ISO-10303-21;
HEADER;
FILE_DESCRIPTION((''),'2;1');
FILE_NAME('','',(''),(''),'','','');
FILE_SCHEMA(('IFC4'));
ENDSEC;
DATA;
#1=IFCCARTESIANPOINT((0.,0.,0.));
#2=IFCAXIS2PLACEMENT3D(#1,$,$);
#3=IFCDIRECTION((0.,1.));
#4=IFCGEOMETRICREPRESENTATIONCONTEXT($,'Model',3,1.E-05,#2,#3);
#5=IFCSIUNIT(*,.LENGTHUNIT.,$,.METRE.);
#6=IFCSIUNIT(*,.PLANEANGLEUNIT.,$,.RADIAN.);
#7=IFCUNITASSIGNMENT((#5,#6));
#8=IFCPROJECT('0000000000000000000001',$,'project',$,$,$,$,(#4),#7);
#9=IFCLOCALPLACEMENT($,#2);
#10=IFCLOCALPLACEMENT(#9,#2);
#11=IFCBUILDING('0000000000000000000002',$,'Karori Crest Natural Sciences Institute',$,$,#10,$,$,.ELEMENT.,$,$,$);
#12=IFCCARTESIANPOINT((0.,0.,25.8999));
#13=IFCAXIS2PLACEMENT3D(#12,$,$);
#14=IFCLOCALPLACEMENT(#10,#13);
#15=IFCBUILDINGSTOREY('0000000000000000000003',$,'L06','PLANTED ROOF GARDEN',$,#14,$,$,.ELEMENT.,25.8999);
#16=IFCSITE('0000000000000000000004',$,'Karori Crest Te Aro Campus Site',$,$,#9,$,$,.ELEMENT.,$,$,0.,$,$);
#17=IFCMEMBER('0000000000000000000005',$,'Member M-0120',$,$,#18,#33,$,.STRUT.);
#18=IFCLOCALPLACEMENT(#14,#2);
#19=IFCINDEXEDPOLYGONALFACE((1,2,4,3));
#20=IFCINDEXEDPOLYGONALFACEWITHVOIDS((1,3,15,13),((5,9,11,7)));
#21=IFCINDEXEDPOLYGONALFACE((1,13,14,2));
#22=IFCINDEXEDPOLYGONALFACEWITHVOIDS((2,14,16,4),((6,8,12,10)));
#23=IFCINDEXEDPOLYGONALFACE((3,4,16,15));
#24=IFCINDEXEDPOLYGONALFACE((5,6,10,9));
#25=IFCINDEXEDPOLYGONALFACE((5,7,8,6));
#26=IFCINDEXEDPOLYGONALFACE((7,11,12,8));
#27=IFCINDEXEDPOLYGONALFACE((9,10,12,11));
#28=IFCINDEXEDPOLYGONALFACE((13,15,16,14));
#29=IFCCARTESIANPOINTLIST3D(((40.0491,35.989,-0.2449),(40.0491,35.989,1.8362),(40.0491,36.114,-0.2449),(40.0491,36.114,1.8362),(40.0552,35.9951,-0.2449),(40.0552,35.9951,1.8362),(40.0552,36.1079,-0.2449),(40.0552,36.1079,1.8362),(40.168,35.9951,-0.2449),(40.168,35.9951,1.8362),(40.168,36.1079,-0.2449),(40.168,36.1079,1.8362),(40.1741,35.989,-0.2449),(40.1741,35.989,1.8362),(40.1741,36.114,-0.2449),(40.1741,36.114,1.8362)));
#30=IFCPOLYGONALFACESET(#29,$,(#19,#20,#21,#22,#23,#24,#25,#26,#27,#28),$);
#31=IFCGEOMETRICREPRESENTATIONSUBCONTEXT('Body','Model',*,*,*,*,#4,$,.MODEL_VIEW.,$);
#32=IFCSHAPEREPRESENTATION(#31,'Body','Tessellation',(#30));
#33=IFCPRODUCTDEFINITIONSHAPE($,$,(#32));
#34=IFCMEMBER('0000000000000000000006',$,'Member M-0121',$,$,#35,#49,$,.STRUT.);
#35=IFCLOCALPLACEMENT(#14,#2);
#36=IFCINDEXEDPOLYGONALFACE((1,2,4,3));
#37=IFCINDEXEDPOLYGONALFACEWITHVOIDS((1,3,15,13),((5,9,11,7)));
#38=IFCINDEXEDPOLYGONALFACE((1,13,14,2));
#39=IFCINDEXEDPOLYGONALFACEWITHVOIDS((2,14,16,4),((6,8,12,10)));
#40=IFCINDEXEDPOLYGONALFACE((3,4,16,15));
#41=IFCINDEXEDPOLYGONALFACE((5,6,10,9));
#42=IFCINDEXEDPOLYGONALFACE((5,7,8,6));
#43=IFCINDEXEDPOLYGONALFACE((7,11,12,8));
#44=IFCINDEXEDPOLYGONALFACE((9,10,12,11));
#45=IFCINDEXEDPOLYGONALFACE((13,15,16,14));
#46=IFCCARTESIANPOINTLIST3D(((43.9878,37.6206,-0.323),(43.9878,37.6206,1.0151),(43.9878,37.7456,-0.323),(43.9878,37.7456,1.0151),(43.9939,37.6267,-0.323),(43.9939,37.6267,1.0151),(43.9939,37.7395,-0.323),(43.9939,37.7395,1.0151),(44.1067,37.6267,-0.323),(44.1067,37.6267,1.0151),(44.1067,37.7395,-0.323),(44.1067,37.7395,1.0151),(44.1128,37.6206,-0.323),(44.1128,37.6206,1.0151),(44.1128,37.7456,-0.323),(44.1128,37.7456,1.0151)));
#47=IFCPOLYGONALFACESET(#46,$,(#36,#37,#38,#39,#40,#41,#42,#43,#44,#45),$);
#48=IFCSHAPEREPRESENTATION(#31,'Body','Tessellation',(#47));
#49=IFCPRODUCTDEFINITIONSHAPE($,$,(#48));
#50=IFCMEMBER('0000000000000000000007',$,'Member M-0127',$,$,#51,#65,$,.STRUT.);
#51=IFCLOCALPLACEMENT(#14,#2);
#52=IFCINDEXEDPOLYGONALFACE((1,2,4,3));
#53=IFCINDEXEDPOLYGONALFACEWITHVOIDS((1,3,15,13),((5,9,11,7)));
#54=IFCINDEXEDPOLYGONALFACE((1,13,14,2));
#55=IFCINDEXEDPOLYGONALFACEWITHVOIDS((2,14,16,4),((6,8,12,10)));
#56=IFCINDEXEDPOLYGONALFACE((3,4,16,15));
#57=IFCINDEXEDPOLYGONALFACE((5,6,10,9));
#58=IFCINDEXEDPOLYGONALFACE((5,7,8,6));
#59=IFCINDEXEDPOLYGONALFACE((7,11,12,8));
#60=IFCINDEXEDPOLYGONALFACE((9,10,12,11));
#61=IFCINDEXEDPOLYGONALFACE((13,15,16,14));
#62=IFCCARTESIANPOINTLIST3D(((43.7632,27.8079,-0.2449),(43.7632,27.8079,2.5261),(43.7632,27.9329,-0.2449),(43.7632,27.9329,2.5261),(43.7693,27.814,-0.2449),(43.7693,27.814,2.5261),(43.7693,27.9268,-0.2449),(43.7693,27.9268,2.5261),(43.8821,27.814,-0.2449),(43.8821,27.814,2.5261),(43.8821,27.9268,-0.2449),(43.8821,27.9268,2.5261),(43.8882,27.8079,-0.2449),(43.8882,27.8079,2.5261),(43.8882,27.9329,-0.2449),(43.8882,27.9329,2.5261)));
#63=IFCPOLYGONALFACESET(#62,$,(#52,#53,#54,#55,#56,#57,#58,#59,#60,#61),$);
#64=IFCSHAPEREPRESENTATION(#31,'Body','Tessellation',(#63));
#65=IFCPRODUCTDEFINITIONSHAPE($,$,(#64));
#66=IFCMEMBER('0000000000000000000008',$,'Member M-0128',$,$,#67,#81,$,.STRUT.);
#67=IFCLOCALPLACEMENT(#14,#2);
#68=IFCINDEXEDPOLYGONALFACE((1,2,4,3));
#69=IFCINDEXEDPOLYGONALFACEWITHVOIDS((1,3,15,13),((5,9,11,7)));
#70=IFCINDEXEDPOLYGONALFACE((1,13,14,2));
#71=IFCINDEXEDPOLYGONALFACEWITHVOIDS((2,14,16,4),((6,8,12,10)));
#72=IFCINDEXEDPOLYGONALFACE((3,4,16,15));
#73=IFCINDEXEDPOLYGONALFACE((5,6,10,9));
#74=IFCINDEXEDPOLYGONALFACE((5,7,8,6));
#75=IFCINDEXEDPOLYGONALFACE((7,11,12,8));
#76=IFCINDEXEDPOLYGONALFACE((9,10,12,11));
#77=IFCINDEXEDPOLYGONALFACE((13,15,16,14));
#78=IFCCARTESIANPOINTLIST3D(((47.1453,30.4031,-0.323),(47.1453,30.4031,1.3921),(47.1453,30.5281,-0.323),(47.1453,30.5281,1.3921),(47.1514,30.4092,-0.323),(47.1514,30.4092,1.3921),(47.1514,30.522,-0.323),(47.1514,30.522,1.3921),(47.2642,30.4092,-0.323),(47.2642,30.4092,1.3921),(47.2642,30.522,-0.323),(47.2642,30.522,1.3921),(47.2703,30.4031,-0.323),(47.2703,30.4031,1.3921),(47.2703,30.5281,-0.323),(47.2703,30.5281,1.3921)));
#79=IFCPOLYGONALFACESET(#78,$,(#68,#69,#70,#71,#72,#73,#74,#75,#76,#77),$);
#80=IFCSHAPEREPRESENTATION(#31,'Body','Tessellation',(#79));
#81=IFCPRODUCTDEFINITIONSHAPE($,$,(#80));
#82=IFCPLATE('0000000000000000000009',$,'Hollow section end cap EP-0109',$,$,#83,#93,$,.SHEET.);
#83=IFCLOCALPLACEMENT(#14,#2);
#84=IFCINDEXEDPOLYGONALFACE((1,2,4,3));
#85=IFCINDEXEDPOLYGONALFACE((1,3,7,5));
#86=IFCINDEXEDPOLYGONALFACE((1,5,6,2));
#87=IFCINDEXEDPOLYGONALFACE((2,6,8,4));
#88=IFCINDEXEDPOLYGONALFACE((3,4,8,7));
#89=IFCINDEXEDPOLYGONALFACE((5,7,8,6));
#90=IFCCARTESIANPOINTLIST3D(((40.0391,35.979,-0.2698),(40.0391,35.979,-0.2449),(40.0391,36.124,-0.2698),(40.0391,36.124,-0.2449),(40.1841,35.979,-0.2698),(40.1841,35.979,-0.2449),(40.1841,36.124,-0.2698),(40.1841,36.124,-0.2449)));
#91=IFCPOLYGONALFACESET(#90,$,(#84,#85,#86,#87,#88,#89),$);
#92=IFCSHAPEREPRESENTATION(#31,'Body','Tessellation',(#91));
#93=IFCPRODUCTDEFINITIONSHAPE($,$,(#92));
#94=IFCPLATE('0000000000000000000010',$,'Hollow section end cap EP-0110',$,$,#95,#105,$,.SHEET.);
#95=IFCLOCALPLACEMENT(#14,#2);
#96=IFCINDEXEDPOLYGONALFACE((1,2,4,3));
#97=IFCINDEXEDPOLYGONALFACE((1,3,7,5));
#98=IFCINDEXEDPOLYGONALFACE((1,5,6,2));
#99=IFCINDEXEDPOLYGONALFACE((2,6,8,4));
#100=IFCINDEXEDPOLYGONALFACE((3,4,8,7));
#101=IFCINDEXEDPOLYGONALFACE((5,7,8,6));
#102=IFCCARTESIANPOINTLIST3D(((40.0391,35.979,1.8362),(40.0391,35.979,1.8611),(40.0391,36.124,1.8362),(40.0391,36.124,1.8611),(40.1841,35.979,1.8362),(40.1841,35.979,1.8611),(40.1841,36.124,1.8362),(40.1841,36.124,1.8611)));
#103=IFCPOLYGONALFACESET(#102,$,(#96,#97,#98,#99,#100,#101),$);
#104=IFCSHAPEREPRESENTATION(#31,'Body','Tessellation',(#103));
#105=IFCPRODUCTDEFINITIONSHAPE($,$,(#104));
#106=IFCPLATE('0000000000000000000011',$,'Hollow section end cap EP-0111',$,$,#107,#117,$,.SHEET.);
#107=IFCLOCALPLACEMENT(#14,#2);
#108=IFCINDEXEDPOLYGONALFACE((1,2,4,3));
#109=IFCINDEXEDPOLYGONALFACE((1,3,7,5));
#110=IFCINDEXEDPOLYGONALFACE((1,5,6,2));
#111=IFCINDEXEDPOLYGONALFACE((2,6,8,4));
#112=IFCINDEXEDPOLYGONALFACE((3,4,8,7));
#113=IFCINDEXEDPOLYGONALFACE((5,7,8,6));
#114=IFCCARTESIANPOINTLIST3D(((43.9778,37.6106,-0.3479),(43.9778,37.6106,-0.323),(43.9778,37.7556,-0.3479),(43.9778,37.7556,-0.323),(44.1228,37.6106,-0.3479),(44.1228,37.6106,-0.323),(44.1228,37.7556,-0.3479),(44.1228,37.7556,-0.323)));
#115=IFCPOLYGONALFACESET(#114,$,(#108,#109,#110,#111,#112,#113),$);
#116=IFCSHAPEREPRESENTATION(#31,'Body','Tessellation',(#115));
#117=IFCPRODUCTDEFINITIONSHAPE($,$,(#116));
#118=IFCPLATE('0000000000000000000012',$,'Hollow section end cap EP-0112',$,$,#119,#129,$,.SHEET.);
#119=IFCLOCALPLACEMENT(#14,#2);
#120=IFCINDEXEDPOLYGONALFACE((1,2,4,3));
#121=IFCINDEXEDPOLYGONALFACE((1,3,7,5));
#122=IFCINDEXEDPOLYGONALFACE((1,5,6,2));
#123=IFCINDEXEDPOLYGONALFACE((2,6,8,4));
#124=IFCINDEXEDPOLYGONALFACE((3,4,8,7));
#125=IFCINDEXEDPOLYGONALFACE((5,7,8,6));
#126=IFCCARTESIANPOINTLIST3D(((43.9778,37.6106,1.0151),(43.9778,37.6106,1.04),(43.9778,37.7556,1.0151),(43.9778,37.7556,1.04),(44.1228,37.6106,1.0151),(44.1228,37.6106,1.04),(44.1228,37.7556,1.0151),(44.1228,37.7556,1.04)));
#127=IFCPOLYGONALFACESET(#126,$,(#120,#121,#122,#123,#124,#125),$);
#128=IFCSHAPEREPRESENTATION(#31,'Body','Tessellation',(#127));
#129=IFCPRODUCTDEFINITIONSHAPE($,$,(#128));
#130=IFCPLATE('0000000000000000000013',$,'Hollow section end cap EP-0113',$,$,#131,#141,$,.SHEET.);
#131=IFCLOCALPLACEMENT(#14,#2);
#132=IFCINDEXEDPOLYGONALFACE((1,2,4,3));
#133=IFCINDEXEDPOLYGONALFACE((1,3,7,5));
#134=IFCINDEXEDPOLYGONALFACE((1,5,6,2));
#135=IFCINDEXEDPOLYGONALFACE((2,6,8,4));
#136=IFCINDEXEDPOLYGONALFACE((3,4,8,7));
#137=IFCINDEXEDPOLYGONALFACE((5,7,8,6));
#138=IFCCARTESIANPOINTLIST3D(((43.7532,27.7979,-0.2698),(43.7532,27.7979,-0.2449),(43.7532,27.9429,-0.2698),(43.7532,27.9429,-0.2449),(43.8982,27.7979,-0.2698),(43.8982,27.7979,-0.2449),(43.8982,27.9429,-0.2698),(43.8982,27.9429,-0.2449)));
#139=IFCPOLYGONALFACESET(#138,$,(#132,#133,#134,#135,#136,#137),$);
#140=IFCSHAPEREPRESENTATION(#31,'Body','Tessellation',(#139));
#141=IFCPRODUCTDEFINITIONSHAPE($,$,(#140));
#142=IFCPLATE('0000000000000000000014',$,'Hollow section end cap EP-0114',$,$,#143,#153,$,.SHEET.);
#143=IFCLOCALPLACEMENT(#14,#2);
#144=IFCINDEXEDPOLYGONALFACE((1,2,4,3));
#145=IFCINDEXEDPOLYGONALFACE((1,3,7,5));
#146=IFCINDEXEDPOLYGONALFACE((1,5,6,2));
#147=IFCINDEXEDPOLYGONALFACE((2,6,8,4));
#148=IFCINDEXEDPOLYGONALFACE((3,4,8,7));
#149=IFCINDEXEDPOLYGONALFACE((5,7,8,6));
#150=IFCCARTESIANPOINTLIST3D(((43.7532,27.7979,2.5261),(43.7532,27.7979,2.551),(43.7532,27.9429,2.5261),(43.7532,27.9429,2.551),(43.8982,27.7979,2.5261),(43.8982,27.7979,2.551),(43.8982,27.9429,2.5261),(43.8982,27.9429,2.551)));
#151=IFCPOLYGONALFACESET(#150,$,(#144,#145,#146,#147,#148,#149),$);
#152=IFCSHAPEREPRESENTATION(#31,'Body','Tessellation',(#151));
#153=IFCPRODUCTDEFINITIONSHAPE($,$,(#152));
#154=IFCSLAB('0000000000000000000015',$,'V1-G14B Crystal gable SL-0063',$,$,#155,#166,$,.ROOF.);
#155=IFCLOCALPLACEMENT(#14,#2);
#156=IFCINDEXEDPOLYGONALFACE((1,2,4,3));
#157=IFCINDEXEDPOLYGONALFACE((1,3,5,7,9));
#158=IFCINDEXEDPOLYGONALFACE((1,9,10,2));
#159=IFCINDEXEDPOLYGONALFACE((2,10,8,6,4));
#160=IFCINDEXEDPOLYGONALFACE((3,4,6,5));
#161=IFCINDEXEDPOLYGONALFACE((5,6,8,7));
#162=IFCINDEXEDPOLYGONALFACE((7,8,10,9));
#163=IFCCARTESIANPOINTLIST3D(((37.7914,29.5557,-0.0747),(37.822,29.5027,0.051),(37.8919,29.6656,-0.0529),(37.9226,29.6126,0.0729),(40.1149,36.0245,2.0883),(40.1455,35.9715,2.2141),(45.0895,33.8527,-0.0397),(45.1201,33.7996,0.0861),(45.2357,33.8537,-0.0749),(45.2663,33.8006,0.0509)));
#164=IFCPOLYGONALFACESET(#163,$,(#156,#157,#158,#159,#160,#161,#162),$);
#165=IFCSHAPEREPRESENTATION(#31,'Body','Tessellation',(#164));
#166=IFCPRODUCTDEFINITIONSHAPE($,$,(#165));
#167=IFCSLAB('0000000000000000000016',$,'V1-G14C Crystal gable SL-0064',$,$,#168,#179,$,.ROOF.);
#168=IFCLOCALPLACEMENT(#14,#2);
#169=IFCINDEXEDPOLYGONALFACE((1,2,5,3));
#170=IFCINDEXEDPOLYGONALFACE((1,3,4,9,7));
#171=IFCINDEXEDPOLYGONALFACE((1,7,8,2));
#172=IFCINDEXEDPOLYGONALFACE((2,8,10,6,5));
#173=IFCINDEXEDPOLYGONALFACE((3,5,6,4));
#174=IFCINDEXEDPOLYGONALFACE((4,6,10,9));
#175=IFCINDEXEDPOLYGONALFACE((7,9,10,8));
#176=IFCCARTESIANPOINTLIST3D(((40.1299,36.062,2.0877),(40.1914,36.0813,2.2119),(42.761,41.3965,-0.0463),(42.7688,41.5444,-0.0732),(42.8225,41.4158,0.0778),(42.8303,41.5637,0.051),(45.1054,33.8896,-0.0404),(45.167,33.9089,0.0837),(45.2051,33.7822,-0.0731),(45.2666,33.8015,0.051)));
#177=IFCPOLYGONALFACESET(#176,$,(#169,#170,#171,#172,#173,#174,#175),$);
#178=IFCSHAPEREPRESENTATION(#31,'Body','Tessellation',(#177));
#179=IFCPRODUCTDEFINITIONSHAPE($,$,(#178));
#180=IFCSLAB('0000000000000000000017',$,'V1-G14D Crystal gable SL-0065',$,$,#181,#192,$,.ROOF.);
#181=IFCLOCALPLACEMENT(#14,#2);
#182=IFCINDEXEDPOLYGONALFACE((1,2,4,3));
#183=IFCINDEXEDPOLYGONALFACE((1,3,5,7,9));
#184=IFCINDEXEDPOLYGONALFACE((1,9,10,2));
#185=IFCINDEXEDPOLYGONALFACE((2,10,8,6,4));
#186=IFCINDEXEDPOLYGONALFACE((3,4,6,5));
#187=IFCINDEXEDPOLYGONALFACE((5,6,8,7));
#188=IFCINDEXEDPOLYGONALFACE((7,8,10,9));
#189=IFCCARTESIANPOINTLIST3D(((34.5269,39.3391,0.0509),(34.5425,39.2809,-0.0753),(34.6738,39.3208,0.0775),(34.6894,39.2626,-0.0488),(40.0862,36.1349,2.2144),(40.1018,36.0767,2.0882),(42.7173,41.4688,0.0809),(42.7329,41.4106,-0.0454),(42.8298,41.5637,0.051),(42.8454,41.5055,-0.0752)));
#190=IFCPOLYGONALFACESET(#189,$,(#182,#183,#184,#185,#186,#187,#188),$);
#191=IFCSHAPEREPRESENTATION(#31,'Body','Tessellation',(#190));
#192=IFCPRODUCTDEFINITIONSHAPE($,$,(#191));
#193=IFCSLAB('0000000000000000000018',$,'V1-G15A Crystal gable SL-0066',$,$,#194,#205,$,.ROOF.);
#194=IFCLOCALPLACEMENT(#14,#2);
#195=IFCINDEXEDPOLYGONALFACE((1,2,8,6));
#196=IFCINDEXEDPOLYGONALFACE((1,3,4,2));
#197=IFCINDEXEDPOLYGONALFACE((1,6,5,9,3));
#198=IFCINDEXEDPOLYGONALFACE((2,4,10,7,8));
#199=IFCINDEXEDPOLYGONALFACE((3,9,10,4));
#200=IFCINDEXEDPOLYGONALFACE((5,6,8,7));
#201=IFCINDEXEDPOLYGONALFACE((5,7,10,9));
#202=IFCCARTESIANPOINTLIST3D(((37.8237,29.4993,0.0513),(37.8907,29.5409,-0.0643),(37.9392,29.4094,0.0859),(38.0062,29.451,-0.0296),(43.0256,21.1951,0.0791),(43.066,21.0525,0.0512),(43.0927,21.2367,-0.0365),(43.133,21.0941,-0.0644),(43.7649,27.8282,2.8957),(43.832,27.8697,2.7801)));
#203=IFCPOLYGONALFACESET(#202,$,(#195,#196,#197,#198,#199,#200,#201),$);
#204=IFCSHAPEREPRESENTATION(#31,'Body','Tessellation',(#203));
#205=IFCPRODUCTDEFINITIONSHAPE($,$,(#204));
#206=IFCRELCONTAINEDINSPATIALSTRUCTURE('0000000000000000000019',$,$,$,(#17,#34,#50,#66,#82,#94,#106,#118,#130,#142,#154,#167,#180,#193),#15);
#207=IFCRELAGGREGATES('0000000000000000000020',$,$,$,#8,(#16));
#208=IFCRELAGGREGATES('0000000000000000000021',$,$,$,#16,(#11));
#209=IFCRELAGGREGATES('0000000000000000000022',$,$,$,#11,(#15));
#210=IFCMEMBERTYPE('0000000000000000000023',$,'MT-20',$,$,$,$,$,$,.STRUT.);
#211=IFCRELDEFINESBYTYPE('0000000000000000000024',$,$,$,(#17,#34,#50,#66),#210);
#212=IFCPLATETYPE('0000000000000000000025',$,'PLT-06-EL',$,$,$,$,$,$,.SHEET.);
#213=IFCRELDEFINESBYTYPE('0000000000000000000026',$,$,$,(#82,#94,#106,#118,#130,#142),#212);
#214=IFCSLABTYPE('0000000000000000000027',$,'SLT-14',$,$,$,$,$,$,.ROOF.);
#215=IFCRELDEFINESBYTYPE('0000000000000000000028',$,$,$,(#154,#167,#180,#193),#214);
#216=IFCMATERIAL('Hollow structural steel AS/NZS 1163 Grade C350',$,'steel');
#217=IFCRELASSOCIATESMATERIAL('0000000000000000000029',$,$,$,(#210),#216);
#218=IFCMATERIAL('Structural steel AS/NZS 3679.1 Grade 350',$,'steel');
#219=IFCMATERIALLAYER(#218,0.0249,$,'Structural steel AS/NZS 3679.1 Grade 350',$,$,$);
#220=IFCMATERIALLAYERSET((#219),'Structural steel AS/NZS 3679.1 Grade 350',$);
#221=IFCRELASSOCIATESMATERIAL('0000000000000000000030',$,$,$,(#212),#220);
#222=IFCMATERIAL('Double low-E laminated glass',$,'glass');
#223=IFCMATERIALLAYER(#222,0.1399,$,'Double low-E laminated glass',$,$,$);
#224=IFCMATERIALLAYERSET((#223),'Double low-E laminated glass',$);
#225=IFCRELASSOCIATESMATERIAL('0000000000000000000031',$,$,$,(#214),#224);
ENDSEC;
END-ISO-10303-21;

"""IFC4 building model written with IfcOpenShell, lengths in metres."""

from ifc_helpers import new_model, si_unit, direction, frame, origin, origin_2d, place, context, subcontext, project, spatial, polyline, rectangle, hollow_rectangle, outline, extrude, material, layer, layer_set, material_profile, profile_set, type_object, element, save


model = new_model("IFC4")

# Units and contexts
model_context = context("Model", 3, precision=1e-05, world=origin(), true_north=direction((0.0, 1.0)))
body_context = subcontext(model_context, "Body", "Model", "MODEL_VIEW")
ifc_project = project(units=[si_unit("LENGTHUNIT", "METRE"), si_unit("PLANEANGLEUNIT", "RADIAN")], contexts=[model_context])

# Site, building, storey
site_placement = place(None, origin())
site = spatial("IfcSite", under=ifc_project, at=site_placement, Name="Karori Crest Te Aro Campus Site", CompositionType="ELEMENT", RefElevation=0.0)
building_placement = place(site_placement, origin())
building = spatial("IfcBuilding", under=site, at=building_placement, Name="Karori Crest Natural Sciences Institute", CompositionType="ELEMENT")
storey_placement = place(building_placement, frame((0.0, 0.0, 25.8999)))
storey = spatial("IfcBuildingStorey", under=building, at=storey_placement, Name="L06", Description="PLANTED ROOF GARDEN", CompositionType="ELEMENT", Elevation=25.8999)

# Members
ifc_material_1 = material(Name="Structural steel AS/NZS 3679.1 Grade 350", Category="steel")
ifc_material_2 = material(Name="Hollow structural steel AS/NZS 1163 Grade C350", Category="steel")
ifc_material_profile_1 = material_profile(ifc_material_2, hollow_rectangle(XDim=0.125, YDim=0.125, WallThickness=0.0061, at=origin_2d()), Name="SHS125x125x6")
ifc_profile_set_1 = profile_set([ifc_material_profile_1], Name="Hollow structural steel AS/NZS 1163 Grade C350")
member_type_1 = type_object("IfcMemberType", Name="MT-20", PredefinedType="STRUT", material=ifc_profile_set_1)
member_1_placement = place(storey_placement, frame((40.1116, 36.0515, -0.2449), z_axis=(0.0, 0.0, 1.0), x_axis=(1.0, 0.0, 0.0)))
element("IfcMember", 1, at=member_1_placement, inside=storey, type_object=member_type_1, Name="Member M-0120", PredefinedType="STRUT", context=body_context, shape_type="SweptSolid", body=[
    extrude(hollow_rectangle(XDim=0.125, YDim=0.125, WallThickness=0.0061, at=origin_2d()), origin(), (0.0, 0.0, 1.0), 2.0811),
])
member_2_placement = place(storey_placement, frame((44.0503, 37.6831, -0.323), z_axis=(0.0, 0.0, 1.0), x_axis=(1.0, 0.0, 0.0)))
element("IfcMember", 2, at=member_2_placement, inside=storey, type_object=member_type_1, Name="Member M-0121", PredefinedType="STRUT", context=body_context, shape_type="SweptSolid", body=[
    extrude(hollow_rectangle(XDim=0.125, YDim=0.125, WallThickness=0.0061, at=origin_2d()), origin(), (0.0, 0.0, 1.0), 1.3381),
])
member_3_placement = place(storey_placement, frame((43.8257, 27.8704, -0.2449), z_axis=(0.0, 0.0, 1.0), x_axis=(1.0, 0.0, 0.0)))
element("IfcMember", 3, at=member_3_placement, inside=storey, type_object=member_type_1, Name="Member M-0127", PredefinedType="STRUT", context=body_context, shape_type="SweptSolid", body=[
    extrude(hollow_rectangle(XDim=0.125, YDim=0.125, WallThickness=0.0061, at=origin_2d()), origin(), (0.0, 0.0, 1.0), 2.771),
])
member_4_placement = place(storey_placement, frame((47.2078, 30.4656, -0.323), z_axis=(0.0, 0.0, 1.0), x_axis=(1.0, 0.0, 0.0)))
element("IfcMember", 4, at=member_4_placement, inside=storey, type_object=member_type_1, Name="Member M-0128", PredefinedType="STRUT", context=body_context, shape_type="SweptSolid", body=[
    extrude(hollow_rectangle(XDim=0.125, YDim=0.125, WallThickness=0.0061, at=origin_2d()), origin(), (0.0, 0.0, 1.0), 1.7151),
])

# Plates
ifc_layer_1 = layer(ifc_material_1, 0.0249, Name="Structural steel AS/NZS 3679.1 Grade 350")
ifc_layer_set_1 = layer_set([ifc_layer_1], Name="Structural steel AS/NZS 3679.1 Grade 350")
plate_type = type_object("IfcPlateType", Name="PLT-06-EL", PredefinedType="SHEET", material=ifc_layer_set_1)
for number, where, z_axis, x_axis, name in (
    (5, (40.1116, 36.0515, -0.2698), (0.0, 0.0, 1.0), (1.0, 0.0, 0.0), "Hollow section end cap EP-0109"),
    (6, (40.1116, 36.0515, 1.8362), (0.0, 0.0, 1.0), (1.0, 0.0, 0.0), "Hollow section end cap EP-0110"),
    (7, (44.0503, 37.6831, -0.3479), (0.0, 0.0, 1.0), (1.0, 0.0, 0.0), "Hollow section end cap EP-0111"),
    (8, (44.0503, 37.6831, 1.0151), (0.0, 0.0, 1.0), (1.0, 0.0, 0.0), "Hollow section end cap EP-0112"),
    (9, (43.8257, 27.8704, -0.2698), (0.0, 0.0, 1.0), (1.0, 0.0, 0.0), "Hollow section end cap EP-0113"),
    (10, (43.8257, 27.8704, 2.5261), (0.0, 0.0, 1.0), (1.0, 0.0, 0.0), "Hollow section end cap EP-0114"),
):
    element("IfcPlate", number, at=place(storey_placement, frame(where, z_axis=z_axis, x_axis=x_axis)), inside=storey, type_object=plate_type, Name=name, PredefinedType="SHEET", context=body_context, shape_type="SweptSolid", body=[
        extrude(rectangle(XDim=0.145, YDim=0.145, at=origin_2d()), origin(), (0.0, 0.0, 1.0), 0.0249),
    ])

# Slabs
ifc_material_3 = material(Name="Double low-E laminated glass", Category="glass")
ifc_layer_2 = layer(ifc_material_3, 0.1399, Name="Double low-E laminated glass")
ifc_layer_set_2 = layer_set([ifc_layer_2], Name="Double low-E laminated glass")
slab_type = type_object("IfcSlabType", Name="SLT-14", PredefinedType="ROOF", material=ifc_layer_set_2)
slab_1_placement = place(storey_placement, frame((37.822, 29.5027, 0.051), z_axis=(0.218984, -0.379266, 0.899001), x_axis=(0.866028, 0.499995, -0.000017)))
element("IfcSlab", 11, at=slab_1_placement, inside=storey, type_object=slab_type, Name="V1-G14B Crystal gable SL-0063", PredefinedType="ROOF", context=body_context, shape_type="SweptSolid", body=[
    extrude(outline(polyline([(0.0, 0.0), (8.5959, 0.0), (8.4688, 0.0804), (5.2465, 4.9393), (0.142, 0.0499), (0.0, 0.0)])), origin(), (0.0, 0.0, -1.0), 0.1399),
])
slab_2_placement = place(storey_placement, frame((45.2666, 33.8015, 0.051), z_axis=(0.439843, 0.138061, 0.887399), x_axis=(-0.299465, 0.954107, -0.000009)))
element("IfcSlab", 12, at=slab_2_placement, inside=storey, type_object=slab_type, Name="V1-G14C Crystal gable SL-0064", PredefinedType="ROOF", context=body_context, shape_type="SweptSolid", body=[
    extrude(outline(polyline([(0.0, 0.0), (8.1356, 0.0), (7.9967, 0.0583), (3.695, 4.6874), (0.1323, 0.0709), (0.0, 0.0)])), origin(), (0.0, 0.0, -1.0), 0.1399),
])
slab_3_placement = place(storey_placement, frame((42.8298, 41.5637, 0.051), z_axis=(-0.11147, 0.415988, 0.902512), x_axis=(-0.965929, -0.258807, -0.000013)))
element("IfcSlab", 13, at=slab_3_placement, inside=storey, type_object=slab_type, Name="V1-G14D Crystal gable SL-0065", PredefinedType="ROOF", context=body_context, shape_type="SweptSolid", body=[
    extrude(outline(polyline([(0.0, 0.0), (8.5958, 0.0), (8.4586, 0.0616), (4.0551, 5.0235), (0.1333, 0.0693), (0.0, 0.0)])), origin(), (0.0, 0.0, -1.0), 0.1399),
])
slab_4_placement = place(storey_placement, frame((37.8237, 29.4993, 0.0513), z_axis=(-0.479037, -0.297312, 0.825911), x_axis=(0.527323, -0.849665, -0.000011)))
element("IfcSlab", 14, at=slab_4_placement, inside=storey, type_object=slab_type, Name="V1-G15A Crystal gable SL-0066", PredefinedType="ROOF", context=body_context, shape_type="SweptSolid", body=[
    extrude(outline(polyline([(0.0, 0.0), (9.9413, 0.0), (9.7989, 0.0495), (4.5528, 5.0451), (0.1372, 0.0615), (0.0, 0.0)])), origin(), (0.0, 0.0, -1.0), 0.1399),
])

save(model, "model.ifc")
